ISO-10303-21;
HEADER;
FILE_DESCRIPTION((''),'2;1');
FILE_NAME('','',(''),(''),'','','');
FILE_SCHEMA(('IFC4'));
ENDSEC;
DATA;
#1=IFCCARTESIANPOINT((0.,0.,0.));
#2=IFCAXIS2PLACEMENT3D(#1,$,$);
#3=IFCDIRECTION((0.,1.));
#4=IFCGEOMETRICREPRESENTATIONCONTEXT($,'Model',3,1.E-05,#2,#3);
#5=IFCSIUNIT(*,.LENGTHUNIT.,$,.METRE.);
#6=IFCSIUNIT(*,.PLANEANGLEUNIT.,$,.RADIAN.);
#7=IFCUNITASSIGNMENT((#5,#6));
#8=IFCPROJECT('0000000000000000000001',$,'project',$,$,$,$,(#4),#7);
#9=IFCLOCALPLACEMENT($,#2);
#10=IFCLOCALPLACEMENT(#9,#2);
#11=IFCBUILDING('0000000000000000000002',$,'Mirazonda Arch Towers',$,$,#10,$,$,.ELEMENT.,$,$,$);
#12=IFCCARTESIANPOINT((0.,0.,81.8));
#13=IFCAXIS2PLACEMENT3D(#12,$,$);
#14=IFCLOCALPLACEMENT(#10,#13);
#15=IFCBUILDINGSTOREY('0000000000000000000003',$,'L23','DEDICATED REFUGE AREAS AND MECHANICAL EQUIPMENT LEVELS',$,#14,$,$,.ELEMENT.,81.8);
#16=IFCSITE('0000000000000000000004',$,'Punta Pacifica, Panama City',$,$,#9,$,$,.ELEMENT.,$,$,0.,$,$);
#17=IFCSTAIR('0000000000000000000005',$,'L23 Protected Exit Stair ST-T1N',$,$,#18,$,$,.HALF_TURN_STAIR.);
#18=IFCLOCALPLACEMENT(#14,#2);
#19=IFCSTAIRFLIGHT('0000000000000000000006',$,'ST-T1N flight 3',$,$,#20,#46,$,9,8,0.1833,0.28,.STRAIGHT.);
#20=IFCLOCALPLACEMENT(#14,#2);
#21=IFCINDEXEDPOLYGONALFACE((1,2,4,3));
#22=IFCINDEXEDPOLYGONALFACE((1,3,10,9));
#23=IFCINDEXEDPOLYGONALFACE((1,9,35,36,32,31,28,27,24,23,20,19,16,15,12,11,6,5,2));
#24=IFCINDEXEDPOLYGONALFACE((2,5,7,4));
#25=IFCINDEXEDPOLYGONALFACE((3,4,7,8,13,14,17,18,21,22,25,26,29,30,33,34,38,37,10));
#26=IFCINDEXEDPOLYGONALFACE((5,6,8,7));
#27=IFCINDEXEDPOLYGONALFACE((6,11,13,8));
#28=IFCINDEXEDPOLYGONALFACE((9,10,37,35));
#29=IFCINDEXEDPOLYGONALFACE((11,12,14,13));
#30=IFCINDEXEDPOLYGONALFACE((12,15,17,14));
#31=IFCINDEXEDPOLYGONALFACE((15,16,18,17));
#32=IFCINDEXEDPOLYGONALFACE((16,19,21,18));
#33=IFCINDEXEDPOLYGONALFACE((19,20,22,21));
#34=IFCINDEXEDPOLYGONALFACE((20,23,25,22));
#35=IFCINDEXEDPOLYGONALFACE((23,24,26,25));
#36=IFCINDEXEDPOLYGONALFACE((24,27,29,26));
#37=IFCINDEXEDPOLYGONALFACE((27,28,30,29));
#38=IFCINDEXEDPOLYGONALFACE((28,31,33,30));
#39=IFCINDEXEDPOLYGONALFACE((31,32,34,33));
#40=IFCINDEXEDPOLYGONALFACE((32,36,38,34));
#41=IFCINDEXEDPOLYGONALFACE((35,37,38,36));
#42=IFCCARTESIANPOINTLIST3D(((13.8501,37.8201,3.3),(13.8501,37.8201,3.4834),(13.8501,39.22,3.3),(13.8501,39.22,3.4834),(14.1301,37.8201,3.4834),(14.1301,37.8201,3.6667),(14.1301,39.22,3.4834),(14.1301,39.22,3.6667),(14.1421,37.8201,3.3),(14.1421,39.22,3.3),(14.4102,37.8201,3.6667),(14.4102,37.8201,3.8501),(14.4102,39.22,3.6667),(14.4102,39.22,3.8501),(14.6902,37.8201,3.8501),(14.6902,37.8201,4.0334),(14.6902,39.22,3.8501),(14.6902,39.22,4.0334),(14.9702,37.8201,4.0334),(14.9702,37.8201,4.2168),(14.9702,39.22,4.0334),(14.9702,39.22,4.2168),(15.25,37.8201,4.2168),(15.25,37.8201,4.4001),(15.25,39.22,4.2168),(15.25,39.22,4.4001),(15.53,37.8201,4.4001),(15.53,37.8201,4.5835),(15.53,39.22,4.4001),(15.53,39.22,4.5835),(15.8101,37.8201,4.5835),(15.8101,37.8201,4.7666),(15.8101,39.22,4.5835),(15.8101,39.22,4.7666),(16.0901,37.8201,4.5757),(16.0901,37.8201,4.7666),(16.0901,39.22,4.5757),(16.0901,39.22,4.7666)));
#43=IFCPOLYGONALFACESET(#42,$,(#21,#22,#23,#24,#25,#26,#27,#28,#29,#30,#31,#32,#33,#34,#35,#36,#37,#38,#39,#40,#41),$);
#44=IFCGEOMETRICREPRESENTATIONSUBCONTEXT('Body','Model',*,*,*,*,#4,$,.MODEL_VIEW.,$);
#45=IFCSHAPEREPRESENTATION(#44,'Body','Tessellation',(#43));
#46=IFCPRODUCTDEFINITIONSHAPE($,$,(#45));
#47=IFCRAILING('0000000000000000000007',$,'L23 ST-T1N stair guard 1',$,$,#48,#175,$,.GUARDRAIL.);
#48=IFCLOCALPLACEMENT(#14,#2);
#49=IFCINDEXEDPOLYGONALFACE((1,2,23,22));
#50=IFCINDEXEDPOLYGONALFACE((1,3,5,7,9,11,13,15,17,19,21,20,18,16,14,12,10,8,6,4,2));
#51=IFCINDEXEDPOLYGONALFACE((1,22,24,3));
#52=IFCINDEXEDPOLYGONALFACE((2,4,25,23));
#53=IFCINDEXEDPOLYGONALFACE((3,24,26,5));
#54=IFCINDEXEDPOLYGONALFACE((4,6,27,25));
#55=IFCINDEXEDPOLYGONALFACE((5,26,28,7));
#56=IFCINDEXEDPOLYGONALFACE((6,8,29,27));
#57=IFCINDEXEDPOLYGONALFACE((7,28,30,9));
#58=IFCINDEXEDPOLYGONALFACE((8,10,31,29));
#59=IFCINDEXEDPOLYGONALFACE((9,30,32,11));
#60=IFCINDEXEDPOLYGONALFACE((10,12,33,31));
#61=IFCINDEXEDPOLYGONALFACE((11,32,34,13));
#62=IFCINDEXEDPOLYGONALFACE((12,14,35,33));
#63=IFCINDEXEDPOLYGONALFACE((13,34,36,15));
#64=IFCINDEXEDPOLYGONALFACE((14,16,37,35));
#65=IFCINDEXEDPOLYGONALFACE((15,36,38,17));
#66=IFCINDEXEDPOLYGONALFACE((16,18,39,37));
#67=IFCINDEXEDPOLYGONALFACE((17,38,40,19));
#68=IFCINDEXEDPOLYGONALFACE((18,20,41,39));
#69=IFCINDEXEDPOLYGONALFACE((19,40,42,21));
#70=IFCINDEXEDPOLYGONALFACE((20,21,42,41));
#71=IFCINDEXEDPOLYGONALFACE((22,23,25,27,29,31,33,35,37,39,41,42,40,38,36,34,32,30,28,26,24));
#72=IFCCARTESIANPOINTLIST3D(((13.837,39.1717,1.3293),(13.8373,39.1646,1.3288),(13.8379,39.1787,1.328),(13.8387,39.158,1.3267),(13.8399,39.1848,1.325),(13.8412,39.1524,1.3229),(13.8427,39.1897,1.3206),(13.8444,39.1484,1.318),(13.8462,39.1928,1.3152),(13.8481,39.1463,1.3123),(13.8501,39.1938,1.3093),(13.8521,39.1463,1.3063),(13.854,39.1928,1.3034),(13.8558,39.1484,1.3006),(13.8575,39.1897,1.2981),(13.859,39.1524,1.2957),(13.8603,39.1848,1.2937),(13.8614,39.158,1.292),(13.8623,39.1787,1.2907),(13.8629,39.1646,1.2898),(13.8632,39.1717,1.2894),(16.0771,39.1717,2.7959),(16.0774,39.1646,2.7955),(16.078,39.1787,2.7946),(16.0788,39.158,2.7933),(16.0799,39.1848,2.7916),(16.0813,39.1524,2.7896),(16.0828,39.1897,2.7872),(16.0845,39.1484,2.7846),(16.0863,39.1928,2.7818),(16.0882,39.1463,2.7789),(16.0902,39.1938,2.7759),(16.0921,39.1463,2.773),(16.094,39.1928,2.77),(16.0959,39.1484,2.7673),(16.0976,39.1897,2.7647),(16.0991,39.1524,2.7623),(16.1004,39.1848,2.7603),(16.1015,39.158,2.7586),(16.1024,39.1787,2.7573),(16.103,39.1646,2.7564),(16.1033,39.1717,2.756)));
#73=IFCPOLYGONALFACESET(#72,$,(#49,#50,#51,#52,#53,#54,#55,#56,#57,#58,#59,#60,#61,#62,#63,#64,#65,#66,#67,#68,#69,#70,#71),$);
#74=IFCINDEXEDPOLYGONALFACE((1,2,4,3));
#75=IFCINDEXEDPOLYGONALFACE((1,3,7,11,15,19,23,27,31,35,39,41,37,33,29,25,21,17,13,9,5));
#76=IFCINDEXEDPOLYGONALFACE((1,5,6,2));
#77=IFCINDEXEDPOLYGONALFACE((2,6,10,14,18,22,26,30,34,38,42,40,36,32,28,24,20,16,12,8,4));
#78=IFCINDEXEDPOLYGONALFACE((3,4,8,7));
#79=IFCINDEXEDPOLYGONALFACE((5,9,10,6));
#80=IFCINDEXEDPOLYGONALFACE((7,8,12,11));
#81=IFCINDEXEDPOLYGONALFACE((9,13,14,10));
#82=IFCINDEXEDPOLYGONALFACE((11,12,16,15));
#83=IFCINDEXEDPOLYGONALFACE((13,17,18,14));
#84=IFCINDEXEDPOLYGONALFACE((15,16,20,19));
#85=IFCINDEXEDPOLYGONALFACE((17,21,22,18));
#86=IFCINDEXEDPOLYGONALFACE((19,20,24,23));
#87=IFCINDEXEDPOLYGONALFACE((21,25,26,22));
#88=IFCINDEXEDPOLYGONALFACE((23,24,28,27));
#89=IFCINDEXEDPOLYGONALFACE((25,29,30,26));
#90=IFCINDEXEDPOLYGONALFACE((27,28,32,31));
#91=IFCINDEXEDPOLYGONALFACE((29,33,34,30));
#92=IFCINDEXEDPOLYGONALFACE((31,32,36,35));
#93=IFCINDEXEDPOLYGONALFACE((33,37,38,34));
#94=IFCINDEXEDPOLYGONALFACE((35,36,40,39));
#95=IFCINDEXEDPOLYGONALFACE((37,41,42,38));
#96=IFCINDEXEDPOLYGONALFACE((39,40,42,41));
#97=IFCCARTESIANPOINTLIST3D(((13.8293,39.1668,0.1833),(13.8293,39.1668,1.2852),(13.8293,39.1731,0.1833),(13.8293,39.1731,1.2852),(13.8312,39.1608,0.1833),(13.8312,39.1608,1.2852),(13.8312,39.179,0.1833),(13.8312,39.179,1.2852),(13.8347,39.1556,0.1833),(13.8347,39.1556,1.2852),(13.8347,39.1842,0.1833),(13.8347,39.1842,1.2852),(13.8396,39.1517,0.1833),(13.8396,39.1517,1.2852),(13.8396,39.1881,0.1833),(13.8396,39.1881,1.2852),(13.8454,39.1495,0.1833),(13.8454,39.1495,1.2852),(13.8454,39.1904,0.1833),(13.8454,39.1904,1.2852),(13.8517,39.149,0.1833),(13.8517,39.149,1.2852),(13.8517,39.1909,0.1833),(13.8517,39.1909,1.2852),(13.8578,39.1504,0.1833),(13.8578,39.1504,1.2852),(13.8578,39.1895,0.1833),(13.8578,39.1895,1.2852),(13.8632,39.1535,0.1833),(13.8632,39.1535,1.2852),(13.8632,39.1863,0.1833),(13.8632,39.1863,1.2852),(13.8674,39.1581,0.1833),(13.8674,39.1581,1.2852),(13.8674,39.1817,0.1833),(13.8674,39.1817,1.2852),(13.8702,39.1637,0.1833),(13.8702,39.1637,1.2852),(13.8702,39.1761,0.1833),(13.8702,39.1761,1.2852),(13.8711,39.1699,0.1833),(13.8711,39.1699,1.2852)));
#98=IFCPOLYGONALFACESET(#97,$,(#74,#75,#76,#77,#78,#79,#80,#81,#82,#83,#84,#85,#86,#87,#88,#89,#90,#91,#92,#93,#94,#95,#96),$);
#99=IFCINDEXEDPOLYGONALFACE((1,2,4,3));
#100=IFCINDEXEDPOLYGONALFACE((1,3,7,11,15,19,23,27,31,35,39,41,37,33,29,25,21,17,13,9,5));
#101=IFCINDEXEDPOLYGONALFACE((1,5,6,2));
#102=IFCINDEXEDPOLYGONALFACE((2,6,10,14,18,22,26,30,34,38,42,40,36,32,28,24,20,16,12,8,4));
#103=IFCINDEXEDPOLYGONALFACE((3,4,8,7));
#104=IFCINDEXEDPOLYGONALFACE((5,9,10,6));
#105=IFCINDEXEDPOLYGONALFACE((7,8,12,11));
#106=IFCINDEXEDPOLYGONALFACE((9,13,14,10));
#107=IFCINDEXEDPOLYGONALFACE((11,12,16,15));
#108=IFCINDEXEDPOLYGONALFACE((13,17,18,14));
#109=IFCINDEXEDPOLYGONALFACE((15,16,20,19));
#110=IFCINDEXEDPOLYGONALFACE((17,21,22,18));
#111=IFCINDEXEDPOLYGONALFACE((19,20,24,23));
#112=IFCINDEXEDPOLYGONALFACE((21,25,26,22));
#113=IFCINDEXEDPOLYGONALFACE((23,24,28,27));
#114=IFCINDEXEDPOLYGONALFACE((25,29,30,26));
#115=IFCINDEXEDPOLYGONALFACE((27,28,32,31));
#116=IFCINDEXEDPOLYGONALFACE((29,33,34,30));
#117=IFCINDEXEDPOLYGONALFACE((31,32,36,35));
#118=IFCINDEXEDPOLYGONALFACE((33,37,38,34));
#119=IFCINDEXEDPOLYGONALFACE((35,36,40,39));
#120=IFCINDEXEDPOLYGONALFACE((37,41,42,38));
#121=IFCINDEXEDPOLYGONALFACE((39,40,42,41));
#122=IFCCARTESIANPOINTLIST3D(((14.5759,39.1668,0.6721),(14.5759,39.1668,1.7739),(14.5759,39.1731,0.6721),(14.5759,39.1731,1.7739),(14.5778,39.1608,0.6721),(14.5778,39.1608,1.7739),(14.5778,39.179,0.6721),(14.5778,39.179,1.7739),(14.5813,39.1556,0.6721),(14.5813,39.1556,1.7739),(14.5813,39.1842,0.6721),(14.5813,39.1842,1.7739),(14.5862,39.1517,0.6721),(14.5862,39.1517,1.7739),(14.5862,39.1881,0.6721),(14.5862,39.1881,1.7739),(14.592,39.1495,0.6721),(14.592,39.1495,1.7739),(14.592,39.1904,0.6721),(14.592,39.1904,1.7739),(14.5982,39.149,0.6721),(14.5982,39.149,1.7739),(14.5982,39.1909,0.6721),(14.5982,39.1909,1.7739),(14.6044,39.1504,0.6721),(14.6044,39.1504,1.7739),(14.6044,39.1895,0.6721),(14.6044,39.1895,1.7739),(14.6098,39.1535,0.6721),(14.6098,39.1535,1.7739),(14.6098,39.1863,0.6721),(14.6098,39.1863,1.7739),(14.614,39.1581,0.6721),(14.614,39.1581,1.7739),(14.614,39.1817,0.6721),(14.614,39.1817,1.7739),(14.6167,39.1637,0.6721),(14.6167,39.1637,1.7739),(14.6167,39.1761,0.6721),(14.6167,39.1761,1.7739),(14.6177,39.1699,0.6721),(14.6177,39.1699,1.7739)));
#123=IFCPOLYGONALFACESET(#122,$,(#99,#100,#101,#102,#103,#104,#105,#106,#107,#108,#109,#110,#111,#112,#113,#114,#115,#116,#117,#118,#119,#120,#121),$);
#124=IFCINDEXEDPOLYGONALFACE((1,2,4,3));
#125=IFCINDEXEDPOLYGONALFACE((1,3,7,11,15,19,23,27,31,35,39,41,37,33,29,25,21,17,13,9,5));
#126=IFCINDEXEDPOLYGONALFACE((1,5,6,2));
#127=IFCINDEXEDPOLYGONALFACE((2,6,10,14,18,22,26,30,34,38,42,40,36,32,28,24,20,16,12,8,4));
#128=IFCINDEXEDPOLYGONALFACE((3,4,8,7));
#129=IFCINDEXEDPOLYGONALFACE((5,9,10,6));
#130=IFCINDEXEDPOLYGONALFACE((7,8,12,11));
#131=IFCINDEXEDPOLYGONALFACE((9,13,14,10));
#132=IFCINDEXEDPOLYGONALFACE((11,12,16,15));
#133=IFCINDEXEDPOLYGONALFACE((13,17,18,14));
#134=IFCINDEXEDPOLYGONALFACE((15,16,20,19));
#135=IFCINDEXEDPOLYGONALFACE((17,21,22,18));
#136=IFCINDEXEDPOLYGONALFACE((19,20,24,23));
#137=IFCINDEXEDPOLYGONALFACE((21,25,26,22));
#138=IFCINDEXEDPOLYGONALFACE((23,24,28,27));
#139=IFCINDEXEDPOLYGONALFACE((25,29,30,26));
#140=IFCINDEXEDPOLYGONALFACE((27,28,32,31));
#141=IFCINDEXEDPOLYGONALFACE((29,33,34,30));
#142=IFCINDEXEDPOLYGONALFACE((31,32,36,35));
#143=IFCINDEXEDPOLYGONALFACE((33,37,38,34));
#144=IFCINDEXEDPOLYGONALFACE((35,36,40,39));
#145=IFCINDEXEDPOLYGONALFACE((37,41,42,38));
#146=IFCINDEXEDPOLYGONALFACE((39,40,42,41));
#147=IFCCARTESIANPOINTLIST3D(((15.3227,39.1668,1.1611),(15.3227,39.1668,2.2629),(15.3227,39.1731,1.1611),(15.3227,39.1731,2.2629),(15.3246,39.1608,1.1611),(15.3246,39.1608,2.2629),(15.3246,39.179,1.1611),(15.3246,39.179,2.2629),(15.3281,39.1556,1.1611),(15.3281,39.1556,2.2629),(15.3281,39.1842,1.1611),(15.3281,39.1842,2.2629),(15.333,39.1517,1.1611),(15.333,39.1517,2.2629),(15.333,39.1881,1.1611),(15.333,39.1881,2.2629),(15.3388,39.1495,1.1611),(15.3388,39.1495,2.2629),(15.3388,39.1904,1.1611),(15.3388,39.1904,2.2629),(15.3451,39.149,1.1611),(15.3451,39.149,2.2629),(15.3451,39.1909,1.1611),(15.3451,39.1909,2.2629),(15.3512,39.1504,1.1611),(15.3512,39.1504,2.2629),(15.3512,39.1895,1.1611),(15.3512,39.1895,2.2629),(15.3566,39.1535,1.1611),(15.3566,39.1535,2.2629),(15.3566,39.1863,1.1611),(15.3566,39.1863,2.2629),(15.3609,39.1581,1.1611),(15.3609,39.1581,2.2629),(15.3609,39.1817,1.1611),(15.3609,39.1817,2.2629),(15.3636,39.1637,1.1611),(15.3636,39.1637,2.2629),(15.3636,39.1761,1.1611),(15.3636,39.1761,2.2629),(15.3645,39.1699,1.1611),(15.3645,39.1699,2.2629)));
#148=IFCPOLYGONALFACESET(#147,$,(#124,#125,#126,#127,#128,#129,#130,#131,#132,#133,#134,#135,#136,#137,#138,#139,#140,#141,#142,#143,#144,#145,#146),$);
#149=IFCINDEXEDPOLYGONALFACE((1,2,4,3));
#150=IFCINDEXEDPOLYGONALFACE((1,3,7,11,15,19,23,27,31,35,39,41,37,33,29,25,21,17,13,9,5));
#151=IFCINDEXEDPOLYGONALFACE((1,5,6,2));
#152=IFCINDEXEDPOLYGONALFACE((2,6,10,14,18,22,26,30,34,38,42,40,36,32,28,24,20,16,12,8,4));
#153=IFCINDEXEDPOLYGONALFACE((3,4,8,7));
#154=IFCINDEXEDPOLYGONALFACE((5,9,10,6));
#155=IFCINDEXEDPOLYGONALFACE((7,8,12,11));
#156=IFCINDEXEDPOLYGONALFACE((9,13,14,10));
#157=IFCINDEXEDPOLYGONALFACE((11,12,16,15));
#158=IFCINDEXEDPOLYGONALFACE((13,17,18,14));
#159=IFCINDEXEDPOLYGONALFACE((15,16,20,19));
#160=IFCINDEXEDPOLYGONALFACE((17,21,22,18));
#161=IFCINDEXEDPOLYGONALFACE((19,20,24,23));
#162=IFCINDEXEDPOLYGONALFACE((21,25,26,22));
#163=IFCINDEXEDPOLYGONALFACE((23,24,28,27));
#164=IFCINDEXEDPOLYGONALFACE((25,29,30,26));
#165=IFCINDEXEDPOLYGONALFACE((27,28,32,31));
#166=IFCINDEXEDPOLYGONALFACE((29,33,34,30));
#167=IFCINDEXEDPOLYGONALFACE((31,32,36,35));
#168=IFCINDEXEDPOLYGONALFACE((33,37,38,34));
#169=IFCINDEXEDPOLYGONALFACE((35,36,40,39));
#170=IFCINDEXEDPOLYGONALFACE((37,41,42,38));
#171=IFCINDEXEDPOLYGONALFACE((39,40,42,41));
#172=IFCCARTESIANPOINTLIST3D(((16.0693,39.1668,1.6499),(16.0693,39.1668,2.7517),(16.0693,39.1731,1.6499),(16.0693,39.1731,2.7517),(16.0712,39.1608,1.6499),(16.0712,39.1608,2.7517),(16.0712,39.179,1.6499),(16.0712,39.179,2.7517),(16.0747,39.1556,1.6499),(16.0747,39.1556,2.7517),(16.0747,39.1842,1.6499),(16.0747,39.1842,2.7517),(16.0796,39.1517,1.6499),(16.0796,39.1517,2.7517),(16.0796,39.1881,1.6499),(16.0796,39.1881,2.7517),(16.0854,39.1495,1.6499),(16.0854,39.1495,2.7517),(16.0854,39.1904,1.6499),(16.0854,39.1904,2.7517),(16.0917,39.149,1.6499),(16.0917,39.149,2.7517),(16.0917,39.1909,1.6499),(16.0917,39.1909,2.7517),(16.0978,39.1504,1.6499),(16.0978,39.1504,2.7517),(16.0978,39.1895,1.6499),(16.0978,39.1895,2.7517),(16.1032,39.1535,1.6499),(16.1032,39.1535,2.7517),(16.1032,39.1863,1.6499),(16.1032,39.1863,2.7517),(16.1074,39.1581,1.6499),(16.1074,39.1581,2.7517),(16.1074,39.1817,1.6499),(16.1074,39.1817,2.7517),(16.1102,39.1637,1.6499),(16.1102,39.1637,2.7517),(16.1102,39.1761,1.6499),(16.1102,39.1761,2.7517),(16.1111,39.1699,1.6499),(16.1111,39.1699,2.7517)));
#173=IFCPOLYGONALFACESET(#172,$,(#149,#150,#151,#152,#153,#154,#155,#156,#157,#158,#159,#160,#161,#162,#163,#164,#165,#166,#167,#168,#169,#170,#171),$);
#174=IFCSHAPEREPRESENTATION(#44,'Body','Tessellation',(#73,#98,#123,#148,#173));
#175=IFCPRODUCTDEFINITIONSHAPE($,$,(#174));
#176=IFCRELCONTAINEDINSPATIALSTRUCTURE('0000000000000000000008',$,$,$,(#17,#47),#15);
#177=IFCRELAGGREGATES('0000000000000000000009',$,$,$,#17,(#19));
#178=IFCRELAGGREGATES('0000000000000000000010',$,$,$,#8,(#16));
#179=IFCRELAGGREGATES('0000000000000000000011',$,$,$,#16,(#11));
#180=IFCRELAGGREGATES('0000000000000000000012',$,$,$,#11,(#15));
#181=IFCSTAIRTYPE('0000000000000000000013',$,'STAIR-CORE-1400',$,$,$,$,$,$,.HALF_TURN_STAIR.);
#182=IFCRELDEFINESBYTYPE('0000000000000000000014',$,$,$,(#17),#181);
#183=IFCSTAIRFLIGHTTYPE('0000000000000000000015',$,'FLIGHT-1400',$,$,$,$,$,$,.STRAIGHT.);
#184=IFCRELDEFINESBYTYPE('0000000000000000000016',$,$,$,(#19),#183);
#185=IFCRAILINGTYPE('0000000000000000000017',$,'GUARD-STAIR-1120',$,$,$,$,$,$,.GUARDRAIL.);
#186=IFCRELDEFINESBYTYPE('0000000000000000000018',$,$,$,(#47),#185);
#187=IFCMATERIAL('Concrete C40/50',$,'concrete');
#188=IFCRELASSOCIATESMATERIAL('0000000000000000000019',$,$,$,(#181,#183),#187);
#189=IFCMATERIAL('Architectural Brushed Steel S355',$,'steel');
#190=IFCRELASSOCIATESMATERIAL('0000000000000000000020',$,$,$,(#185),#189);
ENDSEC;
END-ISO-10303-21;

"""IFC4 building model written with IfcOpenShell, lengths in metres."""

from ifc_helpers import new_model, si_unit, direction, frame, origin, origin_2d, place, context, subcontext, project, spatial, polyline, circle, outline, extrude, material, type_object, element, aggregate, save


model = new_model("IFC4")

# Units and contexts
model_context = context("Model", 3, precision=1e-05, world=origin(), true_north=direction((0.0, 1.0)))
body_context = subcontext(model_context, "Body", "Model", "MODEL_VIEW")
ifc_project = project(units=[si_unit("LENGTHUNIT", "METRE"), si_unit("PLANEANGLEUNIT", "RADIAN")], contexts=[model_context])

# Site, building, storey
site_placement = place(None, origin())
site = spatial("IfcSite", under=ifc_project, at=site_placement, Name="Punta Pacifica, Panama City", CompositionType="ELEMENT", RefElevation=0.0)
building_placement = place(site_placement, origin())
building = spatial("IfcBuilding", under=site, at=building_placement, Name="Mirazonda Arch Towers", CompositionType="ELEMENT")
storey_placement = place(building_placement, frame((0.0, 0.0, 81.8)))
storey = spatial("IfcBuildingStorey", under=building, at=storey_placement, Name="L23", Description="DEDICATED REFUGE AREAS AND MECHANICAL EQUIPMENT LEVELS", CompositionType="ELEMENT", Elevation=81.8)

# Stair, stair flight
ifc_material_1 = material(Name="Concrete C40/50", Category="concrete")
stair_type = type_object("IfcStairType", Name="STAIR-CORE-1400", PredefinedType="HALF_TURN_STAIR", material=ifc_material_1)
stair_placement = place(storey_placement, origin())
stair = element("IfcStair", 1, at=stair_placement, inside=storey, type_object=stair_type, Name="L23 Protected Exit Stair ST-T1N", PredefinedType="HALF_TURN_STAIR")
stair_flight_type = type_object("IfcStairFlightType", Name="FLIGHT-1400", PredefinedType="STRAIGHT", material=ifc_material_1)
stair_flight_1_placement = place(storey_placement, frame((13.8501, 38.52, 3.3), z_axis=(0.0, 0.0, 1.0), x_axis=(1.0, 0.0, 0.0)))
stair_flight_1 = element("IfcStairFlight", 2, at=stair_flight_1_placement, type_object=stair_flight_type, Name="ST-T1N flight 3", NumberOfRisers=9, NumberOfTreads=8, PredefinedType="STRAIGHT", RiserHeight=0.1833, TreadLength=0.28, context=body_context, shape_type="SweptSolid", body=[
    extrude(outline(polyline([(0.0, 0.0), (0.0, 0.1833), (0.28, 0.1833), (0.28, 0.3667), (0.5601, 0.3667), (0.5601, 0.55), (0.8401, 0.55), (0.8401, 0.7334), (1.1201, 0.7334), (1.1201, 0.9167), (1.3999, 0.9167), (1.3999, 1.1001), (1.6799, 1.1001), (1.6799, 1.2834), (1.96, 1.2834), (1.96, 1.4666), (2.24, 1.4666), (2.24, 1.6499), (2.24, 1.2756), (0.292, 0.0), (0.0, 0.0)])), frame((0.0, 0.7, 0.0), z_axis=(0.0, -1.0, 0.0), x_axis=(1.0, 0.0, 0.0)), (0.0, 0.0, 1.0), 1.3999),
])
aggregate(stair, [stair_flight_1])

# Railing
ifc_material_2 = material(Name="Architectural Brushed Steel S355", Category="steel")
railing_type_1 = type_object("IfcRailingType", Name="GUARD-STAIR-1120", PredefinedType="GUARDRAIL", material=ifc_material_2)
railing_1_placement = place(storey_placement, frame((13.8501, 39.1699, 0.1833)))
element("IfcRailing", 3, at=railing_1_placement, inside=storey, type_object=railing_type_1, Name="L23 ST-T1N stair guard 1", PredefinedType="GUARDRAIL", context=body_context, shape_type="SweptSolid", body=[
    extrude(circle(Radius=0.0239, at=origin_2d()), frame((0.0, 0.0, 1.126), z_axis=(0.836637, 0.0, 0.547758), x_axis=(0.0, 1.0, 0.0)), (0.0, 0.0, 1.0), 2.6775),
    extrude(circle(Radius=0.021, at=origin_2d()), origin(), (0.0, 0.0, 1.0), 1.1018),
    extrude(circle(Radius=0.021, at=origin_2d()), frame((0.7466, 0.0, 0.4888)), (0.0, 0.0, 1.0), 1.1018),
    extrude(circle(Radius=0.021, at=origin_2d()), frame((1.4934, 0.0, 0.9778)), (0.0, 0.0, 1.0), 1.1018),
    extrude(circle(Radius=0.021, at=origin_2d()), frame((2.24, 0.0, 1.4666)), (0.0, 0.0, 1.0), 1.1018),
])

save(model, "model.ifc")
